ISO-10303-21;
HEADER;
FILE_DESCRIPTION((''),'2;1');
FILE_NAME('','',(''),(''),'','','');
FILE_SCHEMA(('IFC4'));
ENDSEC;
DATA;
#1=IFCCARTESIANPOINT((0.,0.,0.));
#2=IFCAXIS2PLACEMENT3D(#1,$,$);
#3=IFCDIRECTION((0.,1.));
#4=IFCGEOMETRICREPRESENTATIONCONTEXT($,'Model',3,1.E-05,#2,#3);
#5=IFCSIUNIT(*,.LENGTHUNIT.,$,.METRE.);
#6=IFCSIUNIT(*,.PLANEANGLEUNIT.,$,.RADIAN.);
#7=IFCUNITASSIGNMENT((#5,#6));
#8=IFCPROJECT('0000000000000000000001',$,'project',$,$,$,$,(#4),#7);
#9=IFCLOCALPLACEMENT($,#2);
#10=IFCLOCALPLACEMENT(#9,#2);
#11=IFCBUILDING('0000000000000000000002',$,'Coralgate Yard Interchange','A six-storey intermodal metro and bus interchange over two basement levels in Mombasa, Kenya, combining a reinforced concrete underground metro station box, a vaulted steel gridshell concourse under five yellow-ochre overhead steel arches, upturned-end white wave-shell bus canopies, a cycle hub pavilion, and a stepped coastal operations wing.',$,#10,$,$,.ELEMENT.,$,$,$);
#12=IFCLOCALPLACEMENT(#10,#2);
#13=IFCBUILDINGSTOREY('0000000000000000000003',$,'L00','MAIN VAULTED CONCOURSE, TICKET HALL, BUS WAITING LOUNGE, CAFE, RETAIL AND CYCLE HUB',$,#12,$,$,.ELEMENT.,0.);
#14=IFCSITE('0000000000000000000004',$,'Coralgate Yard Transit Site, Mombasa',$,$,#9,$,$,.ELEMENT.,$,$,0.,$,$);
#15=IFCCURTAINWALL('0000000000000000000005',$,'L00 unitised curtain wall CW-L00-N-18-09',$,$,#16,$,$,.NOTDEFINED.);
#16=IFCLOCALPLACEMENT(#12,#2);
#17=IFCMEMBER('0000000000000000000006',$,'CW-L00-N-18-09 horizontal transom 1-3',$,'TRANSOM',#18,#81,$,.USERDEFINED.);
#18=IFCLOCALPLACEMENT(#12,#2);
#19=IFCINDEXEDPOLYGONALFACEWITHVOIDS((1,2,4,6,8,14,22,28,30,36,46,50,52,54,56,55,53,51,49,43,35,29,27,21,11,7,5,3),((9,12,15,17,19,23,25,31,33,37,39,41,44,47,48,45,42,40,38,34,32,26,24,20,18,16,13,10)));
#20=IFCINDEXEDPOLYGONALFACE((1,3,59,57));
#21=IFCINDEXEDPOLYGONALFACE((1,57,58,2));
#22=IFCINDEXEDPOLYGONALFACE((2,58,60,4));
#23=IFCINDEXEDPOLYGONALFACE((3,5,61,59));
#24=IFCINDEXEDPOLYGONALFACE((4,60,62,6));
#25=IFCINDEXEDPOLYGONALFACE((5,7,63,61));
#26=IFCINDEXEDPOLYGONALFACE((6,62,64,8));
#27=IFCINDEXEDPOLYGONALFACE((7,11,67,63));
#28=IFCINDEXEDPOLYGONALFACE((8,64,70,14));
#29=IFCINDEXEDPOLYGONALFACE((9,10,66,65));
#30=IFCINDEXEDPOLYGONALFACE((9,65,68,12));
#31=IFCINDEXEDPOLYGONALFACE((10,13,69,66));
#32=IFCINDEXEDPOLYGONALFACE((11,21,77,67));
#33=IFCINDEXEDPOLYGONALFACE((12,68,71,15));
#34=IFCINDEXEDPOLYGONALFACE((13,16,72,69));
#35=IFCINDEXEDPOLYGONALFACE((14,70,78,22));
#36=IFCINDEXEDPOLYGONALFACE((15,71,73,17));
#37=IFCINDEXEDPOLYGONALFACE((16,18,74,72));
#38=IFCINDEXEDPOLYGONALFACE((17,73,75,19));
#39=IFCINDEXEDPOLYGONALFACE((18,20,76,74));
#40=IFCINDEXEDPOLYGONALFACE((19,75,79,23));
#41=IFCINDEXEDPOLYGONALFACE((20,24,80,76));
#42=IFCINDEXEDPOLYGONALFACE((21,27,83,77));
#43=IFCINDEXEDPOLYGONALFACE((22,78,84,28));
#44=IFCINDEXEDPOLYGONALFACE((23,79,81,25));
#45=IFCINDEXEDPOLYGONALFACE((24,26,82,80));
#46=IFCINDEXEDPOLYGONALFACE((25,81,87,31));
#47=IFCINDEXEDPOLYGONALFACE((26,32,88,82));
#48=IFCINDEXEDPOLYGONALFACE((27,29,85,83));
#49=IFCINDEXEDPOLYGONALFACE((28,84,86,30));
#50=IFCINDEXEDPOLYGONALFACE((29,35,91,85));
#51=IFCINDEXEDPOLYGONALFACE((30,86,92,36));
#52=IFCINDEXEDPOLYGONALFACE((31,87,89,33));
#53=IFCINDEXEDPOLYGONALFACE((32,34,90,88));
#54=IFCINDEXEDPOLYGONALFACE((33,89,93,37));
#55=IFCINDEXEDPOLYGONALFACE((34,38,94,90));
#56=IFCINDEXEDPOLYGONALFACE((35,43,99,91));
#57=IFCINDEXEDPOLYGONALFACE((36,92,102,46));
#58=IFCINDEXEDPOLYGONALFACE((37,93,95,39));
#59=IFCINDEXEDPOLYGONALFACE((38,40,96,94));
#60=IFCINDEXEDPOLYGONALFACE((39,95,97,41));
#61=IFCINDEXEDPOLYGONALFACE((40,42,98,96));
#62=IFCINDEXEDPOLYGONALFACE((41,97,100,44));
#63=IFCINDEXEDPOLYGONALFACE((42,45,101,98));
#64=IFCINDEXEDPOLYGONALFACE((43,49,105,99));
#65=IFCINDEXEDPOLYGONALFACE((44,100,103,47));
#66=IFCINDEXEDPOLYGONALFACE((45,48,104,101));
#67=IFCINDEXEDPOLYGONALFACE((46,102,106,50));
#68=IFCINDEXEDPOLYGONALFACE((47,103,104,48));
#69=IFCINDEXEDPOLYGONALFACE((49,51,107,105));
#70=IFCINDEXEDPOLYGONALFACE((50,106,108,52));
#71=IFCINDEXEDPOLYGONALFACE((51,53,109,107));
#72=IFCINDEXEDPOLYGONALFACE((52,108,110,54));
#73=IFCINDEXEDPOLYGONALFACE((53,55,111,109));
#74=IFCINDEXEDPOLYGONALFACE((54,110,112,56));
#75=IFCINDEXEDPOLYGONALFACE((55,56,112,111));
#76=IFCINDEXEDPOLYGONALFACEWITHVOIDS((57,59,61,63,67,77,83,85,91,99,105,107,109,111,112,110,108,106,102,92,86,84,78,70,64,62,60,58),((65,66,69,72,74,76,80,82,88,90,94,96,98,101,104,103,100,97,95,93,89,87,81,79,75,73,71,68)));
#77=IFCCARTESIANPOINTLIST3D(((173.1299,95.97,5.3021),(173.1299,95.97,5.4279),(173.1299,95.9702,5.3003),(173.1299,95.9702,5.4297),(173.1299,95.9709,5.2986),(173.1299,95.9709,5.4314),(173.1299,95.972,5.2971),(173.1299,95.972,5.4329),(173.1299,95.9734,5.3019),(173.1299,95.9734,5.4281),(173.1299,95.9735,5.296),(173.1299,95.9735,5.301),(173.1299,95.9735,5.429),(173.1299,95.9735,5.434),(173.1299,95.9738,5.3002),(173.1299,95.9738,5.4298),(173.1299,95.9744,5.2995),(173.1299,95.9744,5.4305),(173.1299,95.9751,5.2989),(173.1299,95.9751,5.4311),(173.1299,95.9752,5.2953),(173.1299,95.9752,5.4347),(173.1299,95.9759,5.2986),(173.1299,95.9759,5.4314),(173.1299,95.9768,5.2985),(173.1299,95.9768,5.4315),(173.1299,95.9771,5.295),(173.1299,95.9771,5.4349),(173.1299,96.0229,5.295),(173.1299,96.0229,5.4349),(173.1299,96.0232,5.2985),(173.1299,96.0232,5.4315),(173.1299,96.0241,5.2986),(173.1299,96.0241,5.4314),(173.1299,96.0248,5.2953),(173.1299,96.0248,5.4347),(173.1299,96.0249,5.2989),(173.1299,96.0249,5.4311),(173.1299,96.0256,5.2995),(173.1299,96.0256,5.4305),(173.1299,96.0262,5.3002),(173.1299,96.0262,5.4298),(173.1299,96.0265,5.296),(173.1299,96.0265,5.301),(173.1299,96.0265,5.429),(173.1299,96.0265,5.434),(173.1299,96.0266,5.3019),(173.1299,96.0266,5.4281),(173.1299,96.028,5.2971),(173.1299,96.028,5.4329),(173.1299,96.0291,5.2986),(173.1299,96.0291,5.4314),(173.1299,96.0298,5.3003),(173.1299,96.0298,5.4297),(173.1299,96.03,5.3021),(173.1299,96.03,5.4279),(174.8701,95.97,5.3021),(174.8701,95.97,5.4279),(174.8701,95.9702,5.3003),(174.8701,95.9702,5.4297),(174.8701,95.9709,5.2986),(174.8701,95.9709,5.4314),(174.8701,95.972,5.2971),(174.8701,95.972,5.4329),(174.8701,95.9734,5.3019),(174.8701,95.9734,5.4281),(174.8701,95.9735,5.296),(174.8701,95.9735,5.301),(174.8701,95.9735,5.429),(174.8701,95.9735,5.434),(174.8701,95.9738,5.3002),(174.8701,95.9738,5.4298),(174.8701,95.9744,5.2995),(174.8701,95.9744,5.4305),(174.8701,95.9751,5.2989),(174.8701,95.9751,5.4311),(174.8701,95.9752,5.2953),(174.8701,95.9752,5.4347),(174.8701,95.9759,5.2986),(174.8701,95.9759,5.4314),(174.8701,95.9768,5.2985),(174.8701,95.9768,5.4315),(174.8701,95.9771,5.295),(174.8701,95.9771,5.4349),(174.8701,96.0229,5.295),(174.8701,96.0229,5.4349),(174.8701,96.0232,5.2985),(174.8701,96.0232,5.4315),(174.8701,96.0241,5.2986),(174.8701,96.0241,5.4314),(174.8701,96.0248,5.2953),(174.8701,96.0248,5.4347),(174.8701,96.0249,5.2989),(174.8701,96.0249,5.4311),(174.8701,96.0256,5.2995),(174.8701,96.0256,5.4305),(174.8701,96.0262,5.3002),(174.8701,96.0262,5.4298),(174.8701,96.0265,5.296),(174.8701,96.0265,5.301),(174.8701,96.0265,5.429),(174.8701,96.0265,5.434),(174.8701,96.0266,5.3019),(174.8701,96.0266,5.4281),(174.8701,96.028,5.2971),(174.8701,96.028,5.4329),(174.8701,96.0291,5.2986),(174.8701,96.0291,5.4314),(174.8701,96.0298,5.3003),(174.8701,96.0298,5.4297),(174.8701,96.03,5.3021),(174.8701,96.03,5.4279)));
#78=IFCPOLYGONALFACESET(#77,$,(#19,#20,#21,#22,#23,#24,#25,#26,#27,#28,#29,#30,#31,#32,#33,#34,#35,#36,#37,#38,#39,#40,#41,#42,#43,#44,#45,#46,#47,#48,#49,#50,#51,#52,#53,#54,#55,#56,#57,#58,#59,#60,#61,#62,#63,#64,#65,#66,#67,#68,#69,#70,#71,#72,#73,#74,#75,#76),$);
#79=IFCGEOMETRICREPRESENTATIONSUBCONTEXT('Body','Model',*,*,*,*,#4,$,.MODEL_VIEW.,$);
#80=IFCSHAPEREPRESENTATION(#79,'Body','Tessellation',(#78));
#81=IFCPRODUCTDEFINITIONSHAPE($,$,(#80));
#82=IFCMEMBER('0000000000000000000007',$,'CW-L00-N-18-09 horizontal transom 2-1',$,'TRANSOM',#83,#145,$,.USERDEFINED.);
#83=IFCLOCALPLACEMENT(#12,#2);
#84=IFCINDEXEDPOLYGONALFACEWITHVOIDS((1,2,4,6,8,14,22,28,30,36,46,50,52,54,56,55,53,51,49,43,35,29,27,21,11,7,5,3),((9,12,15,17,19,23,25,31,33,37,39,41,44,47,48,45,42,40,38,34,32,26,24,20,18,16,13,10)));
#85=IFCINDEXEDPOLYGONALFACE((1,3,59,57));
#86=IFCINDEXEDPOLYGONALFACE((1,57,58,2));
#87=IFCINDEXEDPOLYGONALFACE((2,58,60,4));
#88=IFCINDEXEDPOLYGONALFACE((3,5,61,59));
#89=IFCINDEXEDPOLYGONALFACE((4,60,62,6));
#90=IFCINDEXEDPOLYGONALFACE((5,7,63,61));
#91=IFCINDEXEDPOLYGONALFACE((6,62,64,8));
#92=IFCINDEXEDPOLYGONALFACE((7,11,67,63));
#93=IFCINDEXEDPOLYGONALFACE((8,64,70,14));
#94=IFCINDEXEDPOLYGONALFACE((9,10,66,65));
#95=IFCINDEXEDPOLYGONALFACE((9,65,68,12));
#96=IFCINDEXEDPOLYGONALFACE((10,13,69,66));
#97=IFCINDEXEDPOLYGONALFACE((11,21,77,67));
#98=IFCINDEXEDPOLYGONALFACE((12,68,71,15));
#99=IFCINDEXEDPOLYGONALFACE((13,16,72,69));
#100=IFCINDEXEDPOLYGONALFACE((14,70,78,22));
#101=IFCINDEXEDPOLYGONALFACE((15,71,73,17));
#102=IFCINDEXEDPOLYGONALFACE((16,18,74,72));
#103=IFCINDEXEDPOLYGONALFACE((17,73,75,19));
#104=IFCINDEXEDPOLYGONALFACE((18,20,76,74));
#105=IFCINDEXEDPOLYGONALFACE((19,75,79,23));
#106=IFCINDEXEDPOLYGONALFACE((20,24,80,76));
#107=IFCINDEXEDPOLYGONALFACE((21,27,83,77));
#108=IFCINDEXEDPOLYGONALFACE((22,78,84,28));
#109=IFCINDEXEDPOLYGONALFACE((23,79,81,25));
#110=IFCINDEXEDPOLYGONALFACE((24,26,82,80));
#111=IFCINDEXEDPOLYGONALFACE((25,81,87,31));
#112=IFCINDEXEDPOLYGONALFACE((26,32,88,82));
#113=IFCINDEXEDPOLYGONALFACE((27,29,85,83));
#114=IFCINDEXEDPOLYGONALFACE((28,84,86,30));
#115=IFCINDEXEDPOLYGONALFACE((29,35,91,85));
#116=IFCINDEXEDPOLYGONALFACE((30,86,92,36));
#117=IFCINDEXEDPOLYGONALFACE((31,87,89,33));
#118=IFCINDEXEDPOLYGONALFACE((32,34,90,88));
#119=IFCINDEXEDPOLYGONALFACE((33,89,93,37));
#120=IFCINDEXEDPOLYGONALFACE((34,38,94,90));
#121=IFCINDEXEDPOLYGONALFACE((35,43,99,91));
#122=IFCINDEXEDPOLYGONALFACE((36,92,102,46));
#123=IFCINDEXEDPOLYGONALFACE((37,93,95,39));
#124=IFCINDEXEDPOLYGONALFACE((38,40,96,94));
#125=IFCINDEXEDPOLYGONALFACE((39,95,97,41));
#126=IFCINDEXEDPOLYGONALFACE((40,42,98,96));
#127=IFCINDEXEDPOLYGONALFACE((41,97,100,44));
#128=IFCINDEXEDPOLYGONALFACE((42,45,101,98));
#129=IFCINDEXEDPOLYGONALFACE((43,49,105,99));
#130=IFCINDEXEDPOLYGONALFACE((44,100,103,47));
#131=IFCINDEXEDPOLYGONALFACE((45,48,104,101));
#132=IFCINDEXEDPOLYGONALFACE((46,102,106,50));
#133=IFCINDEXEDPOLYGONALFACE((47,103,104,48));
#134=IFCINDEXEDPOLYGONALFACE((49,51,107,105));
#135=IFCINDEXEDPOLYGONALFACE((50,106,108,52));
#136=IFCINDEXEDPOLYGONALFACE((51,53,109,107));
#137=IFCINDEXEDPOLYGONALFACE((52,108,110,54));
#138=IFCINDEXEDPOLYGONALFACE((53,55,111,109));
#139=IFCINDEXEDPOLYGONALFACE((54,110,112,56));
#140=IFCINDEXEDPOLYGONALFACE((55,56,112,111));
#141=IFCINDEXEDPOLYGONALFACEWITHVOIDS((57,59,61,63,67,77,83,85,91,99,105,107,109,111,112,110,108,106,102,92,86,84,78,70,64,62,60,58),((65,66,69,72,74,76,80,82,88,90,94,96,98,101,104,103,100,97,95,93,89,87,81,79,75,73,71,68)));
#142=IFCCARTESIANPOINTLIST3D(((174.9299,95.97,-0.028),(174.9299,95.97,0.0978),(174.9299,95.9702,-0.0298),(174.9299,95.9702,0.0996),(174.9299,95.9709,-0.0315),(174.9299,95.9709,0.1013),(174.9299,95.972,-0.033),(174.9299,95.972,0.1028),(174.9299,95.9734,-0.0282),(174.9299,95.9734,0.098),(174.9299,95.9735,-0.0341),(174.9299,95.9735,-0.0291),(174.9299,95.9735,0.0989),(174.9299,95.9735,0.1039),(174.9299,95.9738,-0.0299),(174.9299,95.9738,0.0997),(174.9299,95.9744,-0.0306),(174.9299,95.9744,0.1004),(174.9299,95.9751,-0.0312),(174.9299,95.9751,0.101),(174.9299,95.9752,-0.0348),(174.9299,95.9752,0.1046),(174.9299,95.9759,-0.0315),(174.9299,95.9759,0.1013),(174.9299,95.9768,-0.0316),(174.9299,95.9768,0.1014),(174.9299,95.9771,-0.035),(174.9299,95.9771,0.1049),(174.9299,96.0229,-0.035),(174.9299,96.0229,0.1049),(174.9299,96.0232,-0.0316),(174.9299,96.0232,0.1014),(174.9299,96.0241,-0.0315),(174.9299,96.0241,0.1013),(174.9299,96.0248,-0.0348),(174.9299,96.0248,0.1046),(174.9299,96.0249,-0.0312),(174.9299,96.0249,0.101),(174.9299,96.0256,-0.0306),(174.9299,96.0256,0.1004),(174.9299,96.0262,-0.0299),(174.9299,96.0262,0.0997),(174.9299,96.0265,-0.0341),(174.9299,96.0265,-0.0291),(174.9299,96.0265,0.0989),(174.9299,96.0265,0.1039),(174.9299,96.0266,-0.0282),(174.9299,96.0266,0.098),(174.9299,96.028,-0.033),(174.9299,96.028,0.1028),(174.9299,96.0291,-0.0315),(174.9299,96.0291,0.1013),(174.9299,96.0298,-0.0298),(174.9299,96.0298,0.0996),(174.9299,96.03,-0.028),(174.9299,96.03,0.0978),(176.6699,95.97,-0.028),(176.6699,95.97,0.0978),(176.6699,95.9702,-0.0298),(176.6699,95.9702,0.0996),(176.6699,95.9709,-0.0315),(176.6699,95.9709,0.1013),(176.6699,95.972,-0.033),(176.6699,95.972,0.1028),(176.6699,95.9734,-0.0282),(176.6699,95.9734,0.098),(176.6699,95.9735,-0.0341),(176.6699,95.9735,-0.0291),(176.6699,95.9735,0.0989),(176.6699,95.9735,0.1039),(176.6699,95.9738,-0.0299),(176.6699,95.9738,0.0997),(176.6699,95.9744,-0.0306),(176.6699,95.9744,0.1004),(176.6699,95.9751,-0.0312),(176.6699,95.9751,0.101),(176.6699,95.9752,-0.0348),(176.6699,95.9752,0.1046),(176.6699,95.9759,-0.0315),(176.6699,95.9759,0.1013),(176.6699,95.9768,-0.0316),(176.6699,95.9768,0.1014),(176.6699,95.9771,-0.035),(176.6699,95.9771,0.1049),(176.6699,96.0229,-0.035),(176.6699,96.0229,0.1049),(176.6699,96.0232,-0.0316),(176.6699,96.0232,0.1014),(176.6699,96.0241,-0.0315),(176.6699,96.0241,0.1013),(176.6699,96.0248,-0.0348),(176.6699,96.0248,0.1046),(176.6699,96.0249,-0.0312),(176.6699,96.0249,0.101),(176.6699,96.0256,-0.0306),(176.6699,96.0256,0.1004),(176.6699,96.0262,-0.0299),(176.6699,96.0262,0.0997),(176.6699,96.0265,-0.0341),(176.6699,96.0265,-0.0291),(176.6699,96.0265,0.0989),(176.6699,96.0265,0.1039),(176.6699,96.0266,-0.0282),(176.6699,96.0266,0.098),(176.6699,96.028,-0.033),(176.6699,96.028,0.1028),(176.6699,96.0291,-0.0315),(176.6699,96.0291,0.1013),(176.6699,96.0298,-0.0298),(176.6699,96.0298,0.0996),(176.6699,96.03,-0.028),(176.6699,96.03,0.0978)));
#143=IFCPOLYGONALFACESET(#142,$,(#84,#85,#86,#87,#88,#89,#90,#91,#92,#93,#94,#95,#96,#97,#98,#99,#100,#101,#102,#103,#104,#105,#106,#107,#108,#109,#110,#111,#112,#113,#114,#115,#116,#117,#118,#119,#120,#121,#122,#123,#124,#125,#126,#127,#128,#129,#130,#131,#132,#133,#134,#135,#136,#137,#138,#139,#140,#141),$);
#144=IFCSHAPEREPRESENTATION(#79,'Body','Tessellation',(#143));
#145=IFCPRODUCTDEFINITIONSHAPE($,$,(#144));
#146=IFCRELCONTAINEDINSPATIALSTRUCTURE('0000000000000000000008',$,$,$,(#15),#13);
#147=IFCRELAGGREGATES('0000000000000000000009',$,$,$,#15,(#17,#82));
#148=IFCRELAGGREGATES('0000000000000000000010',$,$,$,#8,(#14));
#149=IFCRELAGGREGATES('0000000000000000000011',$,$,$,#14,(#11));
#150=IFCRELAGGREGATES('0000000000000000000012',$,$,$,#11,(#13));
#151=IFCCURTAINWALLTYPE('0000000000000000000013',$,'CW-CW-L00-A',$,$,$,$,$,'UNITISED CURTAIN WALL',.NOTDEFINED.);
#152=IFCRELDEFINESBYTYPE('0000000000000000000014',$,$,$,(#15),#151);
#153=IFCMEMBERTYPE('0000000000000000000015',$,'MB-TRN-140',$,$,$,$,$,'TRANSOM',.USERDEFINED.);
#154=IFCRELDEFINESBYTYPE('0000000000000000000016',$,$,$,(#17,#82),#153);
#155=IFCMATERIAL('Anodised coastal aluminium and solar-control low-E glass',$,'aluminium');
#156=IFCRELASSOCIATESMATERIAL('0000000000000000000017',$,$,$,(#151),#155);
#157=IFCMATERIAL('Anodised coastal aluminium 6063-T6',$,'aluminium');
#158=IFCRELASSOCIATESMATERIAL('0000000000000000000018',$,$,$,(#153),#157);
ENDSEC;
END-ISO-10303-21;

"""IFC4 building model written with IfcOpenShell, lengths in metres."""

from ifc_helpers import new_model, si_unit, direction, frame, origin, origin_2d, place, context, subcontext, project, spatial, hollow_rectangle, extrude, material, material_profile, profile_set, type_object, element, aggregate, save


model = new_model("IFC4")

# Units and contexts
model_context = context("Model", 3, precision=1e-05, world=origin(), true_north=direction((0.0, 1.0)))
body_context = subcontext(model_context, "Body", "Model", "MODEL_VIEW")
ifc_project = project(units=[si_unit("LENGTHUNIT", "METRE"), si_unit("PLANEANGLEUNIT", "RADIAN")], contexts=[model_context])

# Site, building, storey
site_placement = place(None, origin())
site = spatial("IfcSite", under=ifc_project, at=site_placement, Name="Coralgate Yard Transit Site, Mombasa", CompositionType="ELEMENT", RefElevation=0.0)
building_placement = place(site_placement, origin())
building = spatial("IfcBuilding", under=site, at=building_placement, Name="Coralgate Yard Interchange", Description="A six-storey intermodal metro and bus interchange over two basement levels in Mombasa, Kenya, combining a reinforced concrete underground metro station box, a vaulted steel gridshell concourse under five yellow-ochre overhead steel arches, upturned-end white wave-shell bus canopies, a cycle hub pavilion, and a stepped coastal operations wing.", CompositionType="ELEMENT")
storey_placement = place(building_placement, origin())
storey = spatial("IfcBuildingStorey", under=building, at=storey_placement, Name="L00", Description="MAIN VAULTED CONCOURSE, TICKET HALL, BUS WAITING LOUNGE, CAFE, RETAIL AND CYCLE HUB", CompositionType="ELEMENT", Elevation=0.0)

# Curtain wall, members
ifc_material_1 = material(Name="Anodised coastal aluminium and solar-control low-E glass", Category="aluminium")
curtain_wall_type = type_object("IfcCurtainWallType", Name="CW-CW-L00-A", ElementType="UNITISED CURTAIN WALL", PredefinedType="NOTDEFINED", material=ifc_material_1)
curtain_wall_placement = place(storey_placement, origin())
curtain_wall = element("IfcCurtainWall", 1, at=curtain_wall_placement, inside=storey, type_object=curtain_wall_type, Name="L00 unitised curtain wall CW-L00-N-18-09", PredefinedType="NOTDEFINED")
ifc_material_2 = material(Name="Anodised coastal aluminium 6063-T6", Category="aluminium")
ifc_material_profile_1 = material_profile(ifc_material_2, hollow_rectangle(XDim=0.0601, YDim=0.1399, WallThickness=0.0034, InnerFilletRadius=0.0034, OuterFilletRadius=0.0071, at=origin_2d()), Name="ALU 60x140x3.5")
ifc_profile_set_1 = profile_set([ifc_material_profile_1], Name="Anodised coastal aluminium 6063-T6")
member_type_1 = type_object("IfcMemberType", Name="MB-TRN-140", ElementType="TRANSOM", PredefinedType="USERDEFINED", material=ifc_profile_set_1)
member_1_placement = place(storey_placement, frame((173.1299, 96.0, 5.365), z_axis=(1.0, 0.0, 0.0), x_axis=(0.0, 1.0, 0.0)))
member_1 = element("IfcMember", 2, at=member_1_placement, type_object=member_type_1, Name="CW-L00-N-18-09 horizontal transom 1-3", ObjectType="TRANSOM", PredefinedType="USERDEFINED", context=body_context, shape_type="SweptSolid", body=[
    extrude(hollow_rectangle(XDim=0.0601, YDim=0.1399, WallThickness=0.0034, InnerFilletRadius=0.0034, OuterFilletRadius=0.0071, at=origin_2d()), origin(), (0.0, 0.0, 1.0), 1.7402),
])
member_2_placement = place(storey_placement, frame((174.9299, 96.0, 0.0349), z_axis=(1.0, 0.0, 0.0), x_axis=(0.0, 1.0, 0.0)))
member_2 = element("IfcMember", 3, at=member_2_placement, type_object=member_type_1, Name="CW-L00-N-18-09 horizontal transom 2-1", ObjectType="TRANSOM", PredefinedType="USERDEFINED", context=body_context, shape_type="SweptSolid", body=[
    extrude(hollow_rectangle(XDim=0.0601, YDim=0.1399, WallThickness=0.0034, InnerFilletRadius=0.0034, OuterFilletRadius=0.0071, at=origin_2d()), origin(), (0.0, 0.0, 1.0), 1.74),
])
aggregate(curtain_wall, [member_1, member_2])

save(model, "model.ifc")
